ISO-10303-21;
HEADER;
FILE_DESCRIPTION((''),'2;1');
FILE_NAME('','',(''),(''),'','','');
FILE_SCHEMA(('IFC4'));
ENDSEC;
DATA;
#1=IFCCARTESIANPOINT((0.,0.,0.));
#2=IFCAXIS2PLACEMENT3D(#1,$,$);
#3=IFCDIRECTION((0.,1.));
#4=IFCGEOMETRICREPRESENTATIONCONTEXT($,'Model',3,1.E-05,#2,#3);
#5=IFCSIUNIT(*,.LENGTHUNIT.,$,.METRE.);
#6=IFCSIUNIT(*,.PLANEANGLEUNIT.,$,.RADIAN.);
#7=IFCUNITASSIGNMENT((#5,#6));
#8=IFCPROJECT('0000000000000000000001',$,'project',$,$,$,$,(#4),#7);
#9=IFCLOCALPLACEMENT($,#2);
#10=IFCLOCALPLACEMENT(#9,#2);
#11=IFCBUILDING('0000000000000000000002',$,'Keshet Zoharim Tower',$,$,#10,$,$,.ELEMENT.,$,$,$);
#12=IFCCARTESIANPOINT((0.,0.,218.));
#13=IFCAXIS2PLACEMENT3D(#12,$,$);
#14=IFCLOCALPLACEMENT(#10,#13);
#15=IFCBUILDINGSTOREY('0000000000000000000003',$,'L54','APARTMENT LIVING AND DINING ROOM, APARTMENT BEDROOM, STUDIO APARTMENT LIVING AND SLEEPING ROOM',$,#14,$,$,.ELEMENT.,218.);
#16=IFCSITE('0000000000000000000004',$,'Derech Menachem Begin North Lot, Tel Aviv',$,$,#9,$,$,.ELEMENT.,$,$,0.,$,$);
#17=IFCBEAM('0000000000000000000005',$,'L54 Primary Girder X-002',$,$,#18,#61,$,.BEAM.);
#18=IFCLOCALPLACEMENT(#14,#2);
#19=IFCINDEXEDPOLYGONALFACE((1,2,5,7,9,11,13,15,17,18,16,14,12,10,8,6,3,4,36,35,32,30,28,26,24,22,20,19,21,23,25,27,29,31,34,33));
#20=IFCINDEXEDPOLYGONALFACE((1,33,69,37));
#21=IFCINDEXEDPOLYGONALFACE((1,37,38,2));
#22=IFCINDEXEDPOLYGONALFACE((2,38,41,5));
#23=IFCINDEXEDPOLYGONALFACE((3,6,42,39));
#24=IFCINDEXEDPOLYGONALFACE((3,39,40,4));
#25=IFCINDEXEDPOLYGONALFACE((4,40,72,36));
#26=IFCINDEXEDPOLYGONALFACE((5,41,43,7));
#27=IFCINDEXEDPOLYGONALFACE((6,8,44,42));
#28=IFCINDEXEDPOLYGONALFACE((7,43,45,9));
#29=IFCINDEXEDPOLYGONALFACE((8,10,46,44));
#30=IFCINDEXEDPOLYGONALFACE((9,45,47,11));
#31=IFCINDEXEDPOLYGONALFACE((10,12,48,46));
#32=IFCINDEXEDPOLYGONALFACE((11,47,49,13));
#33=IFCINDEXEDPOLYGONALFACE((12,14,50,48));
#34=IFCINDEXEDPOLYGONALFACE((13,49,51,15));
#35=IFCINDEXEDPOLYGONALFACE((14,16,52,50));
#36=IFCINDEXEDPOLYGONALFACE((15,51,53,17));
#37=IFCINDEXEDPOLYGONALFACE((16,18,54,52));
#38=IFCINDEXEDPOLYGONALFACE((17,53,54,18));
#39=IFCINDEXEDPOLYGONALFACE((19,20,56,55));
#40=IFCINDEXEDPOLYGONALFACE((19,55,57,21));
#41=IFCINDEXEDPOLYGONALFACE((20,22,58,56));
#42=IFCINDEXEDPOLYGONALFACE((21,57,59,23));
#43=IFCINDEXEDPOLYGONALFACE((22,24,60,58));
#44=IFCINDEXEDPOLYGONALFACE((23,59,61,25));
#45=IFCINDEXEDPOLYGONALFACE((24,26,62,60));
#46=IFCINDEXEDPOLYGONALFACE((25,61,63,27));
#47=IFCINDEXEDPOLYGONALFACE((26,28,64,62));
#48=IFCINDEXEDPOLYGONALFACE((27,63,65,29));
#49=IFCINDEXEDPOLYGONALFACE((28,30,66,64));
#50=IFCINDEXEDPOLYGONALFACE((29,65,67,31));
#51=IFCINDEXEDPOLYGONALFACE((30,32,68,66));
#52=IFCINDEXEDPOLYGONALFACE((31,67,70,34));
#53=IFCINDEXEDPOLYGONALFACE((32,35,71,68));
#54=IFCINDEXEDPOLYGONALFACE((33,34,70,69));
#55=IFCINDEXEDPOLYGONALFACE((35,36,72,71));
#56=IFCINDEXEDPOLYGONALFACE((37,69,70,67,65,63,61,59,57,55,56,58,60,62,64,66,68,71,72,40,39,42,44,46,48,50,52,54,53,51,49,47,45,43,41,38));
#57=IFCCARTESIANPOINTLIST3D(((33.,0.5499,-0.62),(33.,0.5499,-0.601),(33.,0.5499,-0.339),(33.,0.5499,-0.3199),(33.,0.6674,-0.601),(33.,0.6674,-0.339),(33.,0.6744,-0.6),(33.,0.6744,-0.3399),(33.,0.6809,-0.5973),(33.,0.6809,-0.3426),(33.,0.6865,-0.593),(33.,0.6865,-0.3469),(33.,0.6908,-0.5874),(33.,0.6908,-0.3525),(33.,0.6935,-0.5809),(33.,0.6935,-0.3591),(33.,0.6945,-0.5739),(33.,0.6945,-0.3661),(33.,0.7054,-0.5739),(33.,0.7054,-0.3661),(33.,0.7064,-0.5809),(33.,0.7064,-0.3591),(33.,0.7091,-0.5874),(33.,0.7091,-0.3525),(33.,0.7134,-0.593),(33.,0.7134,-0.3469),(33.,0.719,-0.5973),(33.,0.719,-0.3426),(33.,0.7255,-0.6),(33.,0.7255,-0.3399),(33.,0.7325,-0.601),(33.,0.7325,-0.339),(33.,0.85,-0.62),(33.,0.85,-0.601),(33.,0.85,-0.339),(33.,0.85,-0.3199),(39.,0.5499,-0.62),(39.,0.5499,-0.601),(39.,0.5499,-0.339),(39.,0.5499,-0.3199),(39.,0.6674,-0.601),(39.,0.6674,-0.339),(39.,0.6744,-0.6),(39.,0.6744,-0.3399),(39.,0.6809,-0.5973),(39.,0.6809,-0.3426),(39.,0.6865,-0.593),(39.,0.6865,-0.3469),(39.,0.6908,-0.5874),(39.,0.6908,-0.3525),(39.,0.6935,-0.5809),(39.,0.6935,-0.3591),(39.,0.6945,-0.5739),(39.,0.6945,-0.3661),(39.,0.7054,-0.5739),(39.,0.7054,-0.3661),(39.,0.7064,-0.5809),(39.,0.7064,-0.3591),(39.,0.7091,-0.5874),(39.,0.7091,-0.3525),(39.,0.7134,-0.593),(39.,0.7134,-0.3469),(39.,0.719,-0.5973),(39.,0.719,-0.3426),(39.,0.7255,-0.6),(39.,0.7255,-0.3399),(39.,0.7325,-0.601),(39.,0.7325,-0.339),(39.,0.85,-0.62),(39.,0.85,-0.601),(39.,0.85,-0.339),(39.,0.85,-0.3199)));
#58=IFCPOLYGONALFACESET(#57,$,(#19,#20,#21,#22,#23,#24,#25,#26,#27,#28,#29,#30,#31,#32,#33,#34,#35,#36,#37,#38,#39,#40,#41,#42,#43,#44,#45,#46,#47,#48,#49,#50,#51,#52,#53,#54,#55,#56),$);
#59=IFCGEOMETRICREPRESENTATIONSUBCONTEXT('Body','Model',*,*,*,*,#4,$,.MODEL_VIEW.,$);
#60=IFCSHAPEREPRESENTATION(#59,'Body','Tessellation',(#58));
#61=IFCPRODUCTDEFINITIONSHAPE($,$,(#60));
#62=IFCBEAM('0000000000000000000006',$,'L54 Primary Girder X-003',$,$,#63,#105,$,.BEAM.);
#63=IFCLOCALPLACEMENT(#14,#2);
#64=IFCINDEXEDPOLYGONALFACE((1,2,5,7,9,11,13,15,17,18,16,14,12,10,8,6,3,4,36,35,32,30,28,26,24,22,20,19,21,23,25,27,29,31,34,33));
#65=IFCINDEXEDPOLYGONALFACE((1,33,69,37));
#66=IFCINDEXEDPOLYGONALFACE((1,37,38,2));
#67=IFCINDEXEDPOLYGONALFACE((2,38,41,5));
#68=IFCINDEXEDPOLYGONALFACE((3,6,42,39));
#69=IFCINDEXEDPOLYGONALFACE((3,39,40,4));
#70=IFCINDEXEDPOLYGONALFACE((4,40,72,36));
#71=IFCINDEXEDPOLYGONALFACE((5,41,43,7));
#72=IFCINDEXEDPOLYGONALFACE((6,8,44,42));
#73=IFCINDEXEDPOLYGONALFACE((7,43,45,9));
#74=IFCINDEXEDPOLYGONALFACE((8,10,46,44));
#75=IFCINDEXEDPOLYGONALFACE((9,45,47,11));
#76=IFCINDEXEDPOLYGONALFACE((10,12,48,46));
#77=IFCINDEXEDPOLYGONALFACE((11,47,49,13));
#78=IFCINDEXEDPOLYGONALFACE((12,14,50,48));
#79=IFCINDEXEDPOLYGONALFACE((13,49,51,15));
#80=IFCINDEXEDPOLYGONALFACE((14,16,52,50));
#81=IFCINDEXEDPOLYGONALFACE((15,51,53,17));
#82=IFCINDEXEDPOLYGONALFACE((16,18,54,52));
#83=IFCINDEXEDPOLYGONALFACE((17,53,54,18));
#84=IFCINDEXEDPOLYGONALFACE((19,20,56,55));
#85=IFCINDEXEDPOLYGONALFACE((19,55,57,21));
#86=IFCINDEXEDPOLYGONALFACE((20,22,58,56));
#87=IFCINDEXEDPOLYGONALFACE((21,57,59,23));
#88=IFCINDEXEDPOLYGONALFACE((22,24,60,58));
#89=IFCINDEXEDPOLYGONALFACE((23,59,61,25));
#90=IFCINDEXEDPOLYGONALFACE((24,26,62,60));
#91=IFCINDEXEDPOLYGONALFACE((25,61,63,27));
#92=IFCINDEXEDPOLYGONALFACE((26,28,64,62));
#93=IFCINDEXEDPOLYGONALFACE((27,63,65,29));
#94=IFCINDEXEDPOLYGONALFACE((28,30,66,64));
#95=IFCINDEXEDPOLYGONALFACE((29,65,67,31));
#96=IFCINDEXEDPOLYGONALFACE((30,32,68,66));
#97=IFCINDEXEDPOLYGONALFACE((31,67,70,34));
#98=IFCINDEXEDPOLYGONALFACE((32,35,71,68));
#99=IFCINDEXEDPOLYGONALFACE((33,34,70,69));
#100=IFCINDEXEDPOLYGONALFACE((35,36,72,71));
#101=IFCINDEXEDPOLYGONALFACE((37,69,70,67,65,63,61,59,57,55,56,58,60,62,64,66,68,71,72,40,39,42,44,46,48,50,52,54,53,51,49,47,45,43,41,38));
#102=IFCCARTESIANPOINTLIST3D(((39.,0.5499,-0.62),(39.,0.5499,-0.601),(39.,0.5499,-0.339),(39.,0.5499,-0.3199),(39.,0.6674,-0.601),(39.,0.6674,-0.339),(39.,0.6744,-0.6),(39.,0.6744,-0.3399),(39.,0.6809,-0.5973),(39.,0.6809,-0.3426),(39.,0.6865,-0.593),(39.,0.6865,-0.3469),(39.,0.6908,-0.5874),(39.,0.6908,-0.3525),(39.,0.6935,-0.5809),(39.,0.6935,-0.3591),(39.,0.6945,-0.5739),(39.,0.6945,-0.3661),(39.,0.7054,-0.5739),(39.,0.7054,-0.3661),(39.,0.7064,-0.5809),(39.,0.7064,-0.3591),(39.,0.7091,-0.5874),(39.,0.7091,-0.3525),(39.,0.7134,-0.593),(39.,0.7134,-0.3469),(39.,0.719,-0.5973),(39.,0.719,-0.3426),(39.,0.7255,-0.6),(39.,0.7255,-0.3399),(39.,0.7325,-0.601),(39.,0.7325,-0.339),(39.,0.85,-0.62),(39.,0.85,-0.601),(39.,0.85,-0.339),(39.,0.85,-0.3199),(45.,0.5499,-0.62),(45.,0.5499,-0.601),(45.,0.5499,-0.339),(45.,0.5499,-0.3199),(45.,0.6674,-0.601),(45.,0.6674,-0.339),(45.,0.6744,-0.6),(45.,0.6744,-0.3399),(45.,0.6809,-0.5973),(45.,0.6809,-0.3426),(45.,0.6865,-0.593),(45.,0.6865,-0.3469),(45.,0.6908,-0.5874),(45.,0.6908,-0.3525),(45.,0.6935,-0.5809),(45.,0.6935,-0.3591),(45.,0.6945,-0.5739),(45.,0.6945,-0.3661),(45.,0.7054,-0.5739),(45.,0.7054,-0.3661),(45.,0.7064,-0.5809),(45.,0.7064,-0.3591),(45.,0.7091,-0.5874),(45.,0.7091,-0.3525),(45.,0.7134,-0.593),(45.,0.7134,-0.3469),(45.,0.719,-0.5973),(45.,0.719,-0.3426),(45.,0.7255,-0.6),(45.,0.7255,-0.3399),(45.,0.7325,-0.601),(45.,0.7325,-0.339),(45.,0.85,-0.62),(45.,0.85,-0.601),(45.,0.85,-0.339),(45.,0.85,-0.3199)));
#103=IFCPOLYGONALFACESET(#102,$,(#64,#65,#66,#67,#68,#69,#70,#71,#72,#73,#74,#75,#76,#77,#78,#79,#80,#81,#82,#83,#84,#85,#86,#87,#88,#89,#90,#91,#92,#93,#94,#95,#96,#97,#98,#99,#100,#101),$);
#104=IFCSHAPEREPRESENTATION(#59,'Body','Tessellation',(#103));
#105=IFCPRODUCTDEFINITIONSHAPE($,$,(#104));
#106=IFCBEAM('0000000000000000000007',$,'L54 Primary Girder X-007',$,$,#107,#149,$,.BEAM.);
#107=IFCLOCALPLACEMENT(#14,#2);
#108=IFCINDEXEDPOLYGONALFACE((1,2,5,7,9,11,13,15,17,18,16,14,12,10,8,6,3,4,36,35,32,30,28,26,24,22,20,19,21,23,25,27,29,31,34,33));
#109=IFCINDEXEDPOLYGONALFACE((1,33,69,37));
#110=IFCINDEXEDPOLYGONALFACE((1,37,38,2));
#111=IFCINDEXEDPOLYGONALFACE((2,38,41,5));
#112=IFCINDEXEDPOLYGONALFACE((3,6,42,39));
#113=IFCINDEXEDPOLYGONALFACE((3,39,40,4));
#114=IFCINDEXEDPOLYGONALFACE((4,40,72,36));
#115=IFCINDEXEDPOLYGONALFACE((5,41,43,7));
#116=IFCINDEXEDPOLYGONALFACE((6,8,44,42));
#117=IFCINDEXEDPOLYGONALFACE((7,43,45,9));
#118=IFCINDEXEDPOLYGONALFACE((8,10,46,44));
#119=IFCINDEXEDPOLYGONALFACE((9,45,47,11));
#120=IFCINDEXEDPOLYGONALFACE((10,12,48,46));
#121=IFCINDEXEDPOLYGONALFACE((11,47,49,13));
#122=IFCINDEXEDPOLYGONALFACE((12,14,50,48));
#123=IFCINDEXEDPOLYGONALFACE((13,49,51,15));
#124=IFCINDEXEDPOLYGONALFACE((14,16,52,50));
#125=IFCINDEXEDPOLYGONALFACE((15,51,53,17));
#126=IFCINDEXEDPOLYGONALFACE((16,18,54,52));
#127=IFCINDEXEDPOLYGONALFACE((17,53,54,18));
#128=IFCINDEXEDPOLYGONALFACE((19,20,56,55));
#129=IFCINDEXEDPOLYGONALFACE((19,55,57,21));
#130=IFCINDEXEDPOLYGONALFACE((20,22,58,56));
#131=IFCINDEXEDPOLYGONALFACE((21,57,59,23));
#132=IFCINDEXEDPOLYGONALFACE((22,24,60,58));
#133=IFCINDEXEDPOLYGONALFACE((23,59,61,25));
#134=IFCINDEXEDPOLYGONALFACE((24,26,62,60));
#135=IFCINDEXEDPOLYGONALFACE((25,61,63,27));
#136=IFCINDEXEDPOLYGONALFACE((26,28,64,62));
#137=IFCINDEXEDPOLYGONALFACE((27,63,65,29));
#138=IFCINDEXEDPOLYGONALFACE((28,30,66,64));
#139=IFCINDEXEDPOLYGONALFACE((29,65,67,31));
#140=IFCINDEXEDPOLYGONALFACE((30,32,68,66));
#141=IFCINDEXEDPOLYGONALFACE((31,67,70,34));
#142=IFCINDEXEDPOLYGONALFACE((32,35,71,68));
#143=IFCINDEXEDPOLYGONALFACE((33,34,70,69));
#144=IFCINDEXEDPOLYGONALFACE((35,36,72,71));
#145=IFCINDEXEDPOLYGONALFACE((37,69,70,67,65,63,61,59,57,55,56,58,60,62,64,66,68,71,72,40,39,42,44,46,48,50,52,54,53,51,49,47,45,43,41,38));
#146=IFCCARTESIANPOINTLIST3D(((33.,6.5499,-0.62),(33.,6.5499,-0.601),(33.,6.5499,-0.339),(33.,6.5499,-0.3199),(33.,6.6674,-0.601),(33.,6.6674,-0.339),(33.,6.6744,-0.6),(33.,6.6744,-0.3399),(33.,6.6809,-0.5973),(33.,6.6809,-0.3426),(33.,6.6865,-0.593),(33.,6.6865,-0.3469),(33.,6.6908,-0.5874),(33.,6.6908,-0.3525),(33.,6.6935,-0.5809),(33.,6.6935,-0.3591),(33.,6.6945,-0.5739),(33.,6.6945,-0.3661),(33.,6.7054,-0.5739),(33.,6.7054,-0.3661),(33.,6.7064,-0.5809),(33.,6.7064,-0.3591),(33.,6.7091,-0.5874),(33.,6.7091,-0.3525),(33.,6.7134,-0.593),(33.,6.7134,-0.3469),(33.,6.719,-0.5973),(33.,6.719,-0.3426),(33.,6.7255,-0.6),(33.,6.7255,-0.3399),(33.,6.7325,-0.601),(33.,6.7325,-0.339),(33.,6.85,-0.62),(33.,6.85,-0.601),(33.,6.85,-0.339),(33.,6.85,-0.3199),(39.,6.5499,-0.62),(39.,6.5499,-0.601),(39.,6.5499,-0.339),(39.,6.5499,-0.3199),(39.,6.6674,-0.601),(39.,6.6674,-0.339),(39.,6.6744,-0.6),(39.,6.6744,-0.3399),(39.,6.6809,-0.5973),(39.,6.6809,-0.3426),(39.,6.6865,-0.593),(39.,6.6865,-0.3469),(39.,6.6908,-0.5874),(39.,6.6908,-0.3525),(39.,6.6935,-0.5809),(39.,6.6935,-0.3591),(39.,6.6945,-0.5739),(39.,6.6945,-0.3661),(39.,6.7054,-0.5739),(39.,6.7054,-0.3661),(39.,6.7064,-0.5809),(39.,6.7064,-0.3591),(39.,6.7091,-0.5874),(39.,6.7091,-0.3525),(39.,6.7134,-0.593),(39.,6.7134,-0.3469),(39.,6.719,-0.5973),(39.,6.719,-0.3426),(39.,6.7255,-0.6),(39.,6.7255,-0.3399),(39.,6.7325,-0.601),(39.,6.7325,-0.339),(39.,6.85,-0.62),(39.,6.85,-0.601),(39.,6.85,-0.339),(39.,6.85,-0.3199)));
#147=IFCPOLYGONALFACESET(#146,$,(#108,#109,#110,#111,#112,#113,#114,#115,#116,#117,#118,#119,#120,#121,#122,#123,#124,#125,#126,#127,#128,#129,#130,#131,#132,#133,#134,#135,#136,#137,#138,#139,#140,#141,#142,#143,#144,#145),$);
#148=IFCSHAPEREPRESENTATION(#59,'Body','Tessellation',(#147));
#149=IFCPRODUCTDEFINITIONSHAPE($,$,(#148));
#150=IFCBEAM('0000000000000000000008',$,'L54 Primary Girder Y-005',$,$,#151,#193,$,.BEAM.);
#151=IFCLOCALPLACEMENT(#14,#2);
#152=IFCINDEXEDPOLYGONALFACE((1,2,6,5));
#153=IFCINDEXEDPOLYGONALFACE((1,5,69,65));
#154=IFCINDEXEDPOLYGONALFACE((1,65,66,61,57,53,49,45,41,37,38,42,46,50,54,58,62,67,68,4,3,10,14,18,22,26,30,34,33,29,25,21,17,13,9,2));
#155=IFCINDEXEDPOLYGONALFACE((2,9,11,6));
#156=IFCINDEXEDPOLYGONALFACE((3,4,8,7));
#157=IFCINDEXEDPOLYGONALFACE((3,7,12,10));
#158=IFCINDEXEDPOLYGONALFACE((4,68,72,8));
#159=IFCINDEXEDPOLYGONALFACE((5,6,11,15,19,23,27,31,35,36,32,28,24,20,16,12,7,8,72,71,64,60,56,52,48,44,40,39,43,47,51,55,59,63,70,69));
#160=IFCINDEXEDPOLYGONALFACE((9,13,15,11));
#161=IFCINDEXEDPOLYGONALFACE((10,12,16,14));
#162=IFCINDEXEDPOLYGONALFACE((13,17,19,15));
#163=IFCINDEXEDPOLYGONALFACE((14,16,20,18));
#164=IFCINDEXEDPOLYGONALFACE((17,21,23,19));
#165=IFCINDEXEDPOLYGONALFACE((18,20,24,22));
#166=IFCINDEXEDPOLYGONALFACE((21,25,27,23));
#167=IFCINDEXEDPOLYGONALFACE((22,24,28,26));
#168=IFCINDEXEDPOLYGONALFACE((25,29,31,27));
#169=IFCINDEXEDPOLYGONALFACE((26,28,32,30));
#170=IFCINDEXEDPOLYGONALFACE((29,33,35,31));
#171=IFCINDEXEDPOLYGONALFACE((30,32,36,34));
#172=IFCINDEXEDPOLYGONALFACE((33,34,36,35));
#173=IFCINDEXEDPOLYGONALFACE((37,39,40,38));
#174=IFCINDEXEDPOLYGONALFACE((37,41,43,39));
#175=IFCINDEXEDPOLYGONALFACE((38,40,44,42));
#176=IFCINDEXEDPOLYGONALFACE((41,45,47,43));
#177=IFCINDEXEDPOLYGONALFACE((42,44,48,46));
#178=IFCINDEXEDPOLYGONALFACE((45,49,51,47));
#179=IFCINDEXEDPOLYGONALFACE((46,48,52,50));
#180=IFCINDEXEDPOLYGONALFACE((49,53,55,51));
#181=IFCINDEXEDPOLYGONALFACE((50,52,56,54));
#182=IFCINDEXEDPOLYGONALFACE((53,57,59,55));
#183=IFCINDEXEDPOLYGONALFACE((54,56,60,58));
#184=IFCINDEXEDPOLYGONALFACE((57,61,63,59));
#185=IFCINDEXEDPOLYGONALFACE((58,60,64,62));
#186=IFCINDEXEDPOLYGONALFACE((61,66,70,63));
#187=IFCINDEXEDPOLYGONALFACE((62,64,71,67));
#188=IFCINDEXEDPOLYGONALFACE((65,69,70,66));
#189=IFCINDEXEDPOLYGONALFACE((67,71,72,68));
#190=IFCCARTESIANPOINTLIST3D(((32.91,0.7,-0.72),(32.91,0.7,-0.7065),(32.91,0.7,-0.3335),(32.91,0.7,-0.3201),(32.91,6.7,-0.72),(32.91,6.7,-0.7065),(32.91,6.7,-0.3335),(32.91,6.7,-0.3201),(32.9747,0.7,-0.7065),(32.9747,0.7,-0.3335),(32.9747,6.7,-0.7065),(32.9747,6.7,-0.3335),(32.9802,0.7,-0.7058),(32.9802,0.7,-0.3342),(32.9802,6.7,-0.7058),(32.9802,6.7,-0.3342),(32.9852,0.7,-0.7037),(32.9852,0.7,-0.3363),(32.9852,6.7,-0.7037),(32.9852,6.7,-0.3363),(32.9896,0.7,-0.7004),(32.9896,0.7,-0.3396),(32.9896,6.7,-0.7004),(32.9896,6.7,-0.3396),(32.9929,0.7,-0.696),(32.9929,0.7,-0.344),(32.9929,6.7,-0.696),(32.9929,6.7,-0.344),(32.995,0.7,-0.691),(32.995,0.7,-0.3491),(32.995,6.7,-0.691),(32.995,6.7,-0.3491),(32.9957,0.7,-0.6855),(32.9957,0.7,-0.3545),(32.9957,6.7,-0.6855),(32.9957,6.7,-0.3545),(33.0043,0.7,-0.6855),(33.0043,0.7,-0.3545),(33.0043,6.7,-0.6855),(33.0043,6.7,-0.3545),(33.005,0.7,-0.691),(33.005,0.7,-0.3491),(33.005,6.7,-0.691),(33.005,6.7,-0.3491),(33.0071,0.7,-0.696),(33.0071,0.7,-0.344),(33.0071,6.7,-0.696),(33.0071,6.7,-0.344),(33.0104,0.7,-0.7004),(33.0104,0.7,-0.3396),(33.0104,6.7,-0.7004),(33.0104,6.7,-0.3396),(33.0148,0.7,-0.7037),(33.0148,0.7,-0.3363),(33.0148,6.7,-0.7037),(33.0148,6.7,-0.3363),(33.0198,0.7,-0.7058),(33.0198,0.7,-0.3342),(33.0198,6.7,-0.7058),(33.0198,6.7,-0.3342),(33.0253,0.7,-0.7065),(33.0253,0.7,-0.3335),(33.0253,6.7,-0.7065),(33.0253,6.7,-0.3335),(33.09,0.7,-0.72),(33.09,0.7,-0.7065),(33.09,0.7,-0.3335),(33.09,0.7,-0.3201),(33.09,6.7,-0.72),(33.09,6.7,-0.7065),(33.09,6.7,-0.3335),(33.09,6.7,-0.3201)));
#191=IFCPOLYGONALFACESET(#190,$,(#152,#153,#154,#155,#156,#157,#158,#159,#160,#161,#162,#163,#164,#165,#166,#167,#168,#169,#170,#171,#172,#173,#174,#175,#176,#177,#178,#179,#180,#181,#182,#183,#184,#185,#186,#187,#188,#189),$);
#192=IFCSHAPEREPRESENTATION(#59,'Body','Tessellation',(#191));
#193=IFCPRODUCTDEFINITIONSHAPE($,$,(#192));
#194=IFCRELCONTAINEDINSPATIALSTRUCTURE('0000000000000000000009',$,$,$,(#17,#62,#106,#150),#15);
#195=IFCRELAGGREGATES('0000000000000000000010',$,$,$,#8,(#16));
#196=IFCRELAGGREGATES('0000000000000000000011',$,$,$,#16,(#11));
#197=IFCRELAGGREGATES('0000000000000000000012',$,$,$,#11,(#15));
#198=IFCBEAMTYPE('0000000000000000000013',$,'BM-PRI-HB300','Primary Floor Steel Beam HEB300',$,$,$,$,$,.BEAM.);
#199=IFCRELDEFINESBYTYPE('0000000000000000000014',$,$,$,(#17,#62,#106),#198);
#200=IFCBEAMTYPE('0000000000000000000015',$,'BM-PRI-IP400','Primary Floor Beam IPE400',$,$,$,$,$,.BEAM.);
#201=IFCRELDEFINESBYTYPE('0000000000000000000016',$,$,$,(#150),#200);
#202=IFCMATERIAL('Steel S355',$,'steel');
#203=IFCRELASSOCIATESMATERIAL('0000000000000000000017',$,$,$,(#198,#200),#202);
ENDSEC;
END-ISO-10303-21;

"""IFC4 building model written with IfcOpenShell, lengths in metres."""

from ifc_helpers import new_model, si_unit, direction, frame, origin, origin_2d, place, context, subcontext, project, spatial, i_section, extrude, material, material_profile, profile_set, type_object, element, save


model = new_model("IFC4")

# Units and contexts
model_context = context("Model", 3, precision=1e-05, world=origin(), true_north=direction((0.0, 1.0)))
body_context = subcontext(model_context, "Body", "Model", "MODEL_VIEW")
ifc_project = project(units=[si_unit("LENGTHUNIT", "METRE"), si_unit("PLANEANGLEUNIT", "RADIAN")], contexts=[model_context])

# Site, building, storey
site_placement = place(None, origin())
site = spatial("IfcSite", under=ifc_project, at=site_placement, Name="Derech Menachem Begin North Lot, Tel Aviv", CompositionType="ELEMENT", RefElevation=0.0)
building_placement = place(site_placement, origin())
building = spatial("IfcBuilding", under=site, at=building_placement, Name="Keshet Zoharim Tower", CompositionType="ELEMENT")
storey_placement = place(building_placement, frame((0.0, 0.0, 218.0)))
storey = spatial("IfcBuildingStorey", under=building, at=storey_placement, Name="L54", Description="APARTMENT LIVING AND DINING ROOM, APARTMENT BEDROOM, STUDIO APARTMENT LIVING AND SLEEPING ROOM", CompositionType="ELEMENT", Elevation=218.0)

# Shared definitions
ifc_material_1 = material(Name="Steel S355", Category="steel")

# Beams
ifc_material_profile_1 = material_profile(ifc_material_1, i_section(OverallWidth=0.3, OverallDepth=0.3, WebThickness=0.011, FlangeThickness=0.019, FilletRadius=0.0271, at=origin_2d()), Name="HEB300")
ifc_profile_set_1 = profile_set([ifc_material_profile_1], Name="Steel S355")
beam_type_1 = type_object("IfcBeamType", Name="BM-PRI-HB300", Description="Primary Floor Steel Beam HEB300", PredefinedType="BEAM", material=ifc_profile_set_1)
for number, where, z_axis, x_axis, name in (
    (1, (33.0, 0.7, -0.47), (1.0, 0.0, 0.0), (0.0, 1.0, 0.0), "L54 Primary Girder X-002"),
    (2, (39.0, 0.7, -0.47), (1.0, 0.0, 0.0), (0.0, 1.0, 0.0), "L54 Primary Girder X-003"),
    (3, (33.0, 6.7, -0.47), (1.0, 0.0, 0.0), (0.0, 1.0, 0.0), "L54 Primary Girder X-007"),
):
    element("IfcBeam", number, at=place(storey_placement, frame(where, z_axis=z_axis, x_axis=x_axis)), inside=storey, type_object=beam_type_1, Name=name, PredefinedType="BEAM", context=body_context, shape_type="SweptSolid", body=[
        extrude(i_section(OverallWidth=0.3, OverallDepth=0.3, WebThickness=0.011, FlangeThickness=0.019, FilletRadius=0.0271, at=origin_2d()), origin(), (0.0, 0.0, 1.0), 6.0),
    ])
ifc_material_profile_2 = material_profile(ifc_material_1, i_section(OverallWidth=0.1799, OverallDepth=0.3999, WebThickness=0.0085, FlangeThickness=0.0134, FilletRadius=0.021, at=origin_2d()), Name="IPE400")
ifc_profile_set_2 = profile_set([ifc_material_profile_2], Name="Steel S355")
beam_type_2 = type_object("IfcBeamType", Name="BM-PRI-IP400", Description="Primary Floor Beam IPE400", PredefinedType="BEAM", material=ifc_profile_set_2)
for number, where, z_axis, x_axis, name in (
    (4, (33.0, 0.7, -0.52), (0.0, 1.0, 0.0), (-1.0, 0.0, 0.0), "L54 Primary Girder Y-005"),
):
    element("IfcBeam", number, at=place(storey_placement, frame(where, z_axis=z_axis, x_axis=x_axis)), inside=storey, type_object=beam_type_2, Name=name, PredefinedType="BEAM", context=body_context, shape_type="SweptSolid", body=[
        extrude(i_section(OverallWidth=0.1799, OverallDepth=0.3999, WebThickness=0.0085, FlangeThickness=0.0134, FilletRadius=0.021, at=origin_2d()), origin(), (0.0, 0.0, 1.0), 6.0),
    ])

save(model, "model.ifc")
